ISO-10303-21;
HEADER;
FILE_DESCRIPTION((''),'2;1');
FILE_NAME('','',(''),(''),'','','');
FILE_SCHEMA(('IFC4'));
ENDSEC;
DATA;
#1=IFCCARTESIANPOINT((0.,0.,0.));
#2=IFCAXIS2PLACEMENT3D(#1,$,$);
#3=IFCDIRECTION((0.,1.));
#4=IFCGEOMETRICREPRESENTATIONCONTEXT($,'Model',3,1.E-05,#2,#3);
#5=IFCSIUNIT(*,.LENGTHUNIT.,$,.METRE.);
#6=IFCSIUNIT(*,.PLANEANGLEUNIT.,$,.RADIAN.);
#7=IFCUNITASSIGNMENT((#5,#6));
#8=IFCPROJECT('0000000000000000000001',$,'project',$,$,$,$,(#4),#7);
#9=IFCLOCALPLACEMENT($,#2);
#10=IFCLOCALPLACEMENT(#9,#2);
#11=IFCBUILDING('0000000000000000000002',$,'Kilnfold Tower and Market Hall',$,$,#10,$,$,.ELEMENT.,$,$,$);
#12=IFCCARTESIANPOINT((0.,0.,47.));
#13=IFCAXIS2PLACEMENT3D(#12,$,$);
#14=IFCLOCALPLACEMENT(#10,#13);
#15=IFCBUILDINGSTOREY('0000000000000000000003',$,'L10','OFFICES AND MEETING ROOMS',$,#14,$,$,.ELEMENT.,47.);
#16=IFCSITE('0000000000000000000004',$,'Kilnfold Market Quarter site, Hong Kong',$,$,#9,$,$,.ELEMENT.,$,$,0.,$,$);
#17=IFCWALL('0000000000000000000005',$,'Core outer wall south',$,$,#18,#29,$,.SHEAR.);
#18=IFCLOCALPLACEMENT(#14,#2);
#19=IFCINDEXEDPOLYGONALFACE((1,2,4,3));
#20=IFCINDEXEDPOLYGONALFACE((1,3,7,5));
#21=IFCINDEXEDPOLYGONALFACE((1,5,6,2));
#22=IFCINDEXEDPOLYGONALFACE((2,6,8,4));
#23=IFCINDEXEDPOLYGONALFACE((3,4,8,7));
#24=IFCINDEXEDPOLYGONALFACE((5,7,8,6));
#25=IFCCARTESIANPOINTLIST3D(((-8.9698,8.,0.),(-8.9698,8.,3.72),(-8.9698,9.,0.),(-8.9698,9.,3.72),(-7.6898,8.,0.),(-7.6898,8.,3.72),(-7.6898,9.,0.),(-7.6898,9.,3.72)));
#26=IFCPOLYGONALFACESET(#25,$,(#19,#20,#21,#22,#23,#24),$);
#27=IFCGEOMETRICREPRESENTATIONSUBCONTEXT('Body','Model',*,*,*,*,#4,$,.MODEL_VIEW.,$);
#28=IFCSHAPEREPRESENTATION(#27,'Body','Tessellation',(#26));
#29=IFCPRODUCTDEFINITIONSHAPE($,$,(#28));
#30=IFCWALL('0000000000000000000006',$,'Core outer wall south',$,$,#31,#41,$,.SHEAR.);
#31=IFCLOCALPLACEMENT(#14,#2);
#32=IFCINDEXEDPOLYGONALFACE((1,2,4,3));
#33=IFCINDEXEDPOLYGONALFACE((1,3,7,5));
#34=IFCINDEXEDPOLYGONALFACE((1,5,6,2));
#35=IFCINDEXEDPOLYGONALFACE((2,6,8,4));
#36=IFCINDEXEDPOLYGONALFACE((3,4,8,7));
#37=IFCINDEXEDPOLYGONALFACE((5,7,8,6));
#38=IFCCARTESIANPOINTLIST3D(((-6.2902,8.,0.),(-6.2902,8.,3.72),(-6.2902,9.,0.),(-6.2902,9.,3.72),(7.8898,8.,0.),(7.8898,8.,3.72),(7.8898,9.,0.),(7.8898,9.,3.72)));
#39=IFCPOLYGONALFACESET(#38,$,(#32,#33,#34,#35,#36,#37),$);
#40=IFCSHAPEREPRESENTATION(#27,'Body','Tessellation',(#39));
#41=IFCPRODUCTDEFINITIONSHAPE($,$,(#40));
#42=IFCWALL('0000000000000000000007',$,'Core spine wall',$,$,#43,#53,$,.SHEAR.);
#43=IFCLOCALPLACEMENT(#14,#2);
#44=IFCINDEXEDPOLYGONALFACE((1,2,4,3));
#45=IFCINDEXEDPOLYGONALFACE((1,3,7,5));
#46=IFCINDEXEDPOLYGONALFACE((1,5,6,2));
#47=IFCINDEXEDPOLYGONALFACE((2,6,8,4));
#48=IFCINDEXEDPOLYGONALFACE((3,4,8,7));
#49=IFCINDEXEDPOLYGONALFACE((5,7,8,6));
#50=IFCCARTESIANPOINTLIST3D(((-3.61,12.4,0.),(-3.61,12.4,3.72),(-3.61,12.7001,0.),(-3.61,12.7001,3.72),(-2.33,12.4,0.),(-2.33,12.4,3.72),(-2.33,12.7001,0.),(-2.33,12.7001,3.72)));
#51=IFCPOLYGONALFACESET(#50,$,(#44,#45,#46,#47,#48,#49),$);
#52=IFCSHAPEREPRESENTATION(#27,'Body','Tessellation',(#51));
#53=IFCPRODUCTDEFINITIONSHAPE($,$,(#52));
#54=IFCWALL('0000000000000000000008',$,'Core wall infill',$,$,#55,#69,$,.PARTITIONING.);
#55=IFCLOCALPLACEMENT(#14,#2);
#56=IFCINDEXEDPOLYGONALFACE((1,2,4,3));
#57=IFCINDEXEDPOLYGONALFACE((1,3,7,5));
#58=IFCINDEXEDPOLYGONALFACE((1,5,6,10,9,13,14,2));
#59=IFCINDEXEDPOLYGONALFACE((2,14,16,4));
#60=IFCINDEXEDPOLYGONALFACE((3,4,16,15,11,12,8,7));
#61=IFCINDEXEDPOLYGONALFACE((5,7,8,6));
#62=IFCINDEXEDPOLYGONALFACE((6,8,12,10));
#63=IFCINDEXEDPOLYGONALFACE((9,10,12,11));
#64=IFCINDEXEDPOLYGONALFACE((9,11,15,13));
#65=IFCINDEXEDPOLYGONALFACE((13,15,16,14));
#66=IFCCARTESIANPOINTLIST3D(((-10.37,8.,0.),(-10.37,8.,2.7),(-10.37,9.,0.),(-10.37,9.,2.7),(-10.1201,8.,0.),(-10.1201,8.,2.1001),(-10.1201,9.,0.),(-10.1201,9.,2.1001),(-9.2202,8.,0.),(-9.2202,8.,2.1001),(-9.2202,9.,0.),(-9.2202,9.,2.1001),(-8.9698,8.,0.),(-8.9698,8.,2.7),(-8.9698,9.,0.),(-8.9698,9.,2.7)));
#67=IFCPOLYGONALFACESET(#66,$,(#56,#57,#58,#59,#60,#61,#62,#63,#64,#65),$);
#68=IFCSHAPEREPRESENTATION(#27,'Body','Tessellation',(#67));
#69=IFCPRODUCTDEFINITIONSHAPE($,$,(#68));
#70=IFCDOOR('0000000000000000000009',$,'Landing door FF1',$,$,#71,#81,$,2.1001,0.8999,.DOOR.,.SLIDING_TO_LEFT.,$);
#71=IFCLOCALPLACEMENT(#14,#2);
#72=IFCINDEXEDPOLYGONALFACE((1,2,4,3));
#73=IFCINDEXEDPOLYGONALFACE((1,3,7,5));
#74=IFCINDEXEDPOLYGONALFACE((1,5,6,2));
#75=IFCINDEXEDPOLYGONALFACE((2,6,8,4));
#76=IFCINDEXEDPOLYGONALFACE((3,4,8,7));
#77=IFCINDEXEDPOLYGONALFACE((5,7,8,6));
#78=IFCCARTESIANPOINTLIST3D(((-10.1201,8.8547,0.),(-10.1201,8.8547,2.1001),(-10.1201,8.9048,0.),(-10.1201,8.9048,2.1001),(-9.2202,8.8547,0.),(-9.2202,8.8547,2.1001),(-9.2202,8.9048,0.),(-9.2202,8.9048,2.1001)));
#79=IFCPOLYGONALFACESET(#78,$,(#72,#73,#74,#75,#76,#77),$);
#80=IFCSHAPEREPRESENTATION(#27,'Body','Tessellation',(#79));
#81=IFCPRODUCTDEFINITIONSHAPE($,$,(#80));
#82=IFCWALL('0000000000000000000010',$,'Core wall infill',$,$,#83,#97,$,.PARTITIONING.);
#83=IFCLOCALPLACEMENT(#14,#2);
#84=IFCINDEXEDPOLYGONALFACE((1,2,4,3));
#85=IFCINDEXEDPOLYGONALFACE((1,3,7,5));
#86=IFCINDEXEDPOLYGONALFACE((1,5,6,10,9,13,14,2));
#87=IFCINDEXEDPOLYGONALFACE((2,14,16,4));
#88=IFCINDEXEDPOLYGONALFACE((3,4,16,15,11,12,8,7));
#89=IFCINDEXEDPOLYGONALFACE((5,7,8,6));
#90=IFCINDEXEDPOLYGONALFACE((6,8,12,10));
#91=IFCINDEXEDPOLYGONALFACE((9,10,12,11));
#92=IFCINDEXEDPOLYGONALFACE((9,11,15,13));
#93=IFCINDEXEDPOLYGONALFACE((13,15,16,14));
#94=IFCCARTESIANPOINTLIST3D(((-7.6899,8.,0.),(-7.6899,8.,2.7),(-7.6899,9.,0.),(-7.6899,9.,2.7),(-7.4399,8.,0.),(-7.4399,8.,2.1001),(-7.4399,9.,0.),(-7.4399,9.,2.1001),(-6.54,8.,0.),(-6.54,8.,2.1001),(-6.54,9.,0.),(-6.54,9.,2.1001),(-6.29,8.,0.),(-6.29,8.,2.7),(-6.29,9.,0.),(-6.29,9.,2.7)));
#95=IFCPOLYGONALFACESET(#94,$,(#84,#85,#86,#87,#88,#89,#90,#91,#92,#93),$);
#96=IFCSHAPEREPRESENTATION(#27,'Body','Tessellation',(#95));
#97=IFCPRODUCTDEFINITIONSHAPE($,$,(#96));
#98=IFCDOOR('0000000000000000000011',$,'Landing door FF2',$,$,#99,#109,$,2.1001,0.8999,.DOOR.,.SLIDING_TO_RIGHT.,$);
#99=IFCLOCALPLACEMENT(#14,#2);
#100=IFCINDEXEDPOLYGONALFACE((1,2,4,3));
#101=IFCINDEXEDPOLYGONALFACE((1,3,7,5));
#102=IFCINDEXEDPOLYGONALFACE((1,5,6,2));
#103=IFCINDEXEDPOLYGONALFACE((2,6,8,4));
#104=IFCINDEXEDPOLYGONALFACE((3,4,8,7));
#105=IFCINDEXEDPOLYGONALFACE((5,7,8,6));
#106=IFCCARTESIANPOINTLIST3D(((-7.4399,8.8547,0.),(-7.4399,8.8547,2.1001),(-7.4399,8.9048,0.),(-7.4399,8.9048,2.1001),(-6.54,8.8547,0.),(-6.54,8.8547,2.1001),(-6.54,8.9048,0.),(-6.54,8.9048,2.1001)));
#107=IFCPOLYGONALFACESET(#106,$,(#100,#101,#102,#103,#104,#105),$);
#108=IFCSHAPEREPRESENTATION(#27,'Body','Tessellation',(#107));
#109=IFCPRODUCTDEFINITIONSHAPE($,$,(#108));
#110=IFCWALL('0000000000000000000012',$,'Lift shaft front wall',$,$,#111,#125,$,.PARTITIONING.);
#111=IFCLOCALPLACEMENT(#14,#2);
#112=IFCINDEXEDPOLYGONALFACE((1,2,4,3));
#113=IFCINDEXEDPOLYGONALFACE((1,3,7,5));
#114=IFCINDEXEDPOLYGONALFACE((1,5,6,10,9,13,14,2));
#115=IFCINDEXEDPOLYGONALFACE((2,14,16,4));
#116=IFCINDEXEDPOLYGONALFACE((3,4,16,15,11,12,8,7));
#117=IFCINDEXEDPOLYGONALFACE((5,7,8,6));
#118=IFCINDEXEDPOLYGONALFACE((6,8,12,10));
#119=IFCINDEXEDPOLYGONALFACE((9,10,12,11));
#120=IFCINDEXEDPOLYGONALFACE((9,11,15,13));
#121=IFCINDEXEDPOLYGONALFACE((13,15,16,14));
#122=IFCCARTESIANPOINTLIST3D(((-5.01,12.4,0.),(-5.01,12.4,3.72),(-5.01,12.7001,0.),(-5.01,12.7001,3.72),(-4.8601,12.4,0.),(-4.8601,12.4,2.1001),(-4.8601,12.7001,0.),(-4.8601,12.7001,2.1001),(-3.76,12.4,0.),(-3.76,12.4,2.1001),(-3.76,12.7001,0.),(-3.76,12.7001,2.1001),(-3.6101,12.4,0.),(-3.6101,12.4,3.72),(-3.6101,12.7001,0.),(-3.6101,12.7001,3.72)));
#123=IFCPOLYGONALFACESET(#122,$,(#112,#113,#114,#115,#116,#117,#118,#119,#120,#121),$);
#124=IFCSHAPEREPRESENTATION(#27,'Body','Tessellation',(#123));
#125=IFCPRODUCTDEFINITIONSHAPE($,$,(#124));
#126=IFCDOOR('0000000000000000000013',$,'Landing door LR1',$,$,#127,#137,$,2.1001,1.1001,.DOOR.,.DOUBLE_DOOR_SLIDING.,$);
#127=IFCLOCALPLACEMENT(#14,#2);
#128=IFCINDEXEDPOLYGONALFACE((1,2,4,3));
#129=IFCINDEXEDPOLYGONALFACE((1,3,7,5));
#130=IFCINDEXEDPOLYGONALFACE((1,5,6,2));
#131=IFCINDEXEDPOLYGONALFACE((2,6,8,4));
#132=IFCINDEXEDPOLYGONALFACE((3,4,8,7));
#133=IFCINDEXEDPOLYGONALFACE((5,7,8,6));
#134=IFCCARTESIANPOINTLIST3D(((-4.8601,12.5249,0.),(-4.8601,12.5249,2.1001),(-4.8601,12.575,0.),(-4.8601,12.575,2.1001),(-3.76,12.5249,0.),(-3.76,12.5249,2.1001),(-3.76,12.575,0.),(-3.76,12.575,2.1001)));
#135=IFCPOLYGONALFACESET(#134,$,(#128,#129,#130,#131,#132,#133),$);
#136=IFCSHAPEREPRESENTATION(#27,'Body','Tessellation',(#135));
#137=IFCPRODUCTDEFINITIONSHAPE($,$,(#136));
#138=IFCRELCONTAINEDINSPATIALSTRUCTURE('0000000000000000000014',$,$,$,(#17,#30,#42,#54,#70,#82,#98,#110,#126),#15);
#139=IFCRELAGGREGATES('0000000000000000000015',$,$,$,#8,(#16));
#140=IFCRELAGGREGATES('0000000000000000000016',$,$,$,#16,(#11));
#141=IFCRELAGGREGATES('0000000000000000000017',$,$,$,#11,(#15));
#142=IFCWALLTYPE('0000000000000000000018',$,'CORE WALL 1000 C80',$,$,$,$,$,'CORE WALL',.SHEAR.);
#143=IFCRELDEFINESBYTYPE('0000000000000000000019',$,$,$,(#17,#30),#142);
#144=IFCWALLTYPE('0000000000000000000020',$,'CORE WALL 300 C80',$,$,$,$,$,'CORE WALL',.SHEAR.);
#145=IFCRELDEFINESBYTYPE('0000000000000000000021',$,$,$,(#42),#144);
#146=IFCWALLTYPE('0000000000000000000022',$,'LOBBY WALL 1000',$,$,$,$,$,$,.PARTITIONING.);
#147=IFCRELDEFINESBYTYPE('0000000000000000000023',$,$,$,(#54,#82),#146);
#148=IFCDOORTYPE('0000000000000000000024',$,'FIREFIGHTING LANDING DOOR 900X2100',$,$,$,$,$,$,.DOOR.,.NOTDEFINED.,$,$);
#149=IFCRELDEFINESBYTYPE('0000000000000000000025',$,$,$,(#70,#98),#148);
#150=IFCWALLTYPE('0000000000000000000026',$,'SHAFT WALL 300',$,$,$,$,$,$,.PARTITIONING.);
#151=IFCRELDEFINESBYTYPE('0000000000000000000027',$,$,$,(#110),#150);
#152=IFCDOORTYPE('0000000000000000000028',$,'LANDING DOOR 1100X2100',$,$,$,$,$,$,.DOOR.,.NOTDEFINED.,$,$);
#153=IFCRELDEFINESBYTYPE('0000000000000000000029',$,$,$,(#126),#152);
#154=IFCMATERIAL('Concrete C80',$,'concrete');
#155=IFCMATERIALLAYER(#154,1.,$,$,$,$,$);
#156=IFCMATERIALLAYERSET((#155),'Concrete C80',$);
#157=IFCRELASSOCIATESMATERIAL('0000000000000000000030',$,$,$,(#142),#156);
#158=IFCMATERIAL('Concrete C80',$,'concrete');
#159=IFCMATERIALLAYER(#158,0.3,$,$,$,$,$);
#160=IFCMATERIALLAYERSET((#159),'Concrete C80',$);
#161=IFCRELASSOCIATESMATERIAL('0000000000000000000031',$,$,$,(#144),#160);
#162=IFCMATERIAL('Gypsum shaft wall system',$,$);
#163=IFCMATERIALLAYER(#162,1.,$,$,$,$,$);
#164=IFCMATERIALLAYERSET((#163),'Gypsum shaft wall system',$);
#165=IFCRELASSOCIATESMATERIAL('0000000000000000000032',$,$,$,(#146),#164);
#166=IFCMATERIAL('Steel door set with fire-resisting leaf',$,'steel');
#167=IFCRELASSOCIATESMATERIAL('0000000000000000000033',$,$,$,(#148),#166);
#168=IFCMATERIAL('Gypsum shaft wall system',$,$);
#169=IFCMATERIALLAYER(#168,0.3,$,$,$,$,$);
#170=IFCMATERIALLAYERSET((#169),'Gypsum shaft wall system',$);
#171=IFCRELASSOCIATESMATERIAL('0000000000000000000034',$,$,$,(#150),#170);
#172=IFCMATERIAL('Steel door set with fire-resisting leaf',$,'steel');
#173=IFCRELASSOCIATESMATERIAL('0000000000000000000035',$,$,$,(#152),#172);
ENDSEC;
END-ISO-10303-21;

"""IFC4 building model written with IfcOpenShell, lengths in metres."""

from ifc_helpers import new_model, si_unit, direction, frame, frame_2d, origin, place, context, subcontext, project, spatial, rectangle, extrude, source, transform, mapped, material, layer, layer_set, type_object, element, fill, save


model = new_model("IFC4")

# Units and contexts
model_context = context("Model", 3, precision=1e-05, world=origin(), true_north=direction((0.0, 1.0)))
body_context = subcontext(model_context, "Body", "Model", "MODEL_VIEW")
ifc_project = project(units=[si_unit("LENGTHUNIT", "METRE"), si_unit("PLANEANGLEUNIT", "RADIAN")], contexts=[model_context])

# Site, building, storey
site_placement = place(None, origin())
site = spatial("IfcSite", under=ifc_project, at=site_placement, Name="Kilnfold Market Quarter site, Hong Kong", CompositionType="ELEMENT", RefElevation=0.0)
building_placement = place(site_placement, origin())
building = spatial("IfcBuilding", under=site, at=building_placement, Name="Kilnfold Tower and Market Hall", CompositionType="ELEMENT")
storey_placement = place(building_placement, frame((0.0, 0.0, 47.0)))
storey = spatial("IfcBuildingStorey", under=building, at=storey_placement, Name="L10", Description="OFFICES AND MEETING ROOMS", CompositionType="ELEMENT", Elevation=47.0)

# Walls
ifc_material_1 = material(Name="Concrete C80", Category="concrete")
ifc_layer_1 = layer(ifc_material_1, 1.0)
ifc_layer_set_1 = layer_set([ifc_layer_1], Name="Concrete C80")
wall_type_1 = type_object("IfcWallType", Name="CORE WALL 1000 C80", ElementType="CORE WALL", PredefinedType="SHEAR", material=ifc_layer_set_1)
shared_shape_1 = source(origin(), body_context, "Body", "SweptSolid", [
    extrude(rectangle(XDim=1.28, YDim=1.0, at=frame_2d((0.6401, 0.0))), origin(), (0.0, 0.0, 1.0), 3.72),
])
wall_1_placement = place(storey_placement, frame((-8.97, 8.5, 0.0), z_axis=(0.0, 0.0, 1.0), x_axis=(1.0, 0.0, 0.0)))
element("IfcWall", 1, at=wall_1_placement, inside=storey, type_object=wall_type_1, Name="Core outer wall south", PredefinedType="SHEAR", context=body_context, shape_type="MappedRepresentation", body=[
    mapped(shared_shape_1, transform((0.0, 0.0, 0.0))),
])
shared_shape_2 = source(origin(), body_context, "Body", "SweptSolid", [
    extrude(rectangle(XDim=14.1799, YDim=1.0, at=frame_2d((7.0898, 0.0))), origin(), (0.0, 0.0, 1.0), 3.72),
])
wall_2_placement = place(storey_placement, frame((-6.29, 8.5, 0.0), z_axis=(0.0, 0.0, 1.0), x_axis=(1.0, 0.0, 0.0)))
element("IfcWall", 2, at=wall_2_placement, inside=storey, type_object=wall_type_1, Name="Core outer wall south", PredefinedType="SHEAR", context=body_context, shape_type="MappedRepresentation", body=[
    mapped(shared_shape_2, transform((0.0, 0.0, 0.0))),
])
ifc_material_2 = material(Name="Concrete C80", Category="concrete")
ifc_layer_2 = layer(ifc_material_2, 0.3)
ifc_layer_set_2 = layer_set([ifc_layer_2], Name="Concrete C80")
wall_type_2 = type_object("IfcWallType", Name="CORE WALL 300 C80", ElementType="CORE WALL", PredefinedType="SHEAR", material=ifc_layer_set_2)
shared_shape_3 = source(origin(), body_context, "Body", "SweptSolid", [
    extrude(rectangle(XDim=1.28, YDim=0.3, at=frame_2d((0.6401, 0.0))), origin(), (0.0, 0.0, 1.0), 3.72),
])
wall_3_placement = place(storey_placement, frame((-3.6101, 12.55, 0.0), z_axis=(0.0, 0.0, 1.0), x_axis=(1.0, 0.0, 0.0)))
element("IfcWall", 3, at=wall_3_placement, inside=storey, type_object=wall_type_2, Name="Core spine wall", PredefinedType="SHEAR", context=body_context, shape_type="MappedRepresentation", body=[
    mapped(shared_shape_3, transform((0.0, 0.0, 0.0))),
])

# Walls, openings, doors
ifc_material_3 = material(Name="Gypsum shaft wall system")
ifc_layer_3 = layer(ifc_material_3, 1.0)
ifc_layer_set_3 = layer_set([ifc_layer_3], Name="Gypsum shaft wall system")
wall_type_3 = type_object("IfcWallType", Name="LOBBY WALL 1000", PredefinedType="PARTITIONING", material=ifc_layer_set_3)
shared_shape_4 = source(origin(), body_context, "Body", "SweptSolid", [
    extrude(rectangle(XDim=1.4001, YDim=1.0, at=frame_2d((0.7002, 0.0))), origin(), (0.0, 0.0, 1.0), 2.7),
])
wall_4_placement = place(storey_placement, frame((-10.3701, 8.5, 0.0), z_axis=(0.0, 0.0, 1.0), x_axis=(1.0, 0.0, 0.0)))
wall_4 = element("IfcWall", 4, at=wall_4_placement, inside=storey, type_object=wall_type_3, Name="Core wall infill", PredefinedType="PARTITIONING", context=body_context, shape_type="MappedRepresentation", body=[
    mapped(shared_shape_4, transform((0.0, 0.0, 0.0))),
])
opening_1_placement = place(wall_4_placement, frame((0.25, 0.0, 0.0)))
opening_1 = element("IfcOpeningElement", 5, at=opening_1_placement, cuts=wall_4, PredefinedType="OPENING", context=body_context, shape_type="SweptSolid", body=[
    extrude(rectangle(XDim=0.8999, YDim=2.1001, at=frame_2d((0.45, 1.05))), frame((0.0, 0.51, 0.0), z_axis=(0.0, -1.0, 0.0), x_axis=(1.0, 0.0, 0.0)), (0.0, 0.0, 1.0), 1.02),
])
ifc_material_4 = material(Name="Steel door set with fire-resisting leaf", Category="steel")
door_type_1 = type_object("IfcDoorType", Name="FIREFIGHTING LANDING DOOR 900X2100", OperationType="NOTDEFINED", PredefinedType="DOOR", material=ifc_material_4)
door_1_placement = place(opening_1_placement, origin())
door_1 = element("IfcDoor", 6, at=door_1_placement, inside=storey, type_object=door_type_1, Name="Landing door FF1", OperationType="SLIDING_TO_LEFT", OverallHeight=2.1001, OverallWidth=0.8999, PredefinedType="DOOR", context=body_context, shape_type="SweptSolid", body=[
    extrude(rectangle(XDim=0.8999, YDim=2.1001, at=frame_2d((0.45, 1.05))), frame((0.0, 0.4048, 0.0), z_axis=(0.0, -1.0, 0.0), x_axis=(1.0, 0.0, 0.0)), (0.0, 0.0, 1.0), 0.05),
])
fill(opening_1, door_1)
shared_shape_5 = source(origin(), body_context, "Body", "SweptSolid", [
    extrude(rectangle(XDim=1.3999, YDim=1.0, at=frame_2d((0.7, 0.0))), origin(), (0.0, 0.0, 1.0), 2.7),
])
wall_5_placement = place(storey_placement, frame((-7.6899, 8.5, 0.0), z_axis=(0.0, 0.0, 1.0), x_axis=(1.0, 0.0, 0.0)))
wall_5 = element("IfcWall", 7, at=wall_5_placement, inside=storey, type_object=wall_type_3, Name="Core wall infill", PredefinedType="PARTITIONING", context=body_context, shape_type="MappedRepresentation", body=[
    mapped(shared_shape_5, transform((0.0, 0.0, 0.0))),
])
opening_2_placement = place(wall_5_placement, frame((0.25, 0.0, 0.0)))
opening_2 = element("IfcOpeningElement", 8, at=opening_2_placement, cuts=wall_5, PredefinedType="OPENING", context=body_context, shape_type="SweptSolid", body=[
    extrude(rectangle(XDim=0.8999, YDim=2.1001, at=frame_2d((0.45, 1.05))), frame((0.0, 0.51, 0.0), z_axis=(0.0, -1.0, 0.0), x_axis=(1.0, 0.0, 0.0)), (0.0, 0.0, 1.0), 1.02),
])
door_2_placement = place(opening_2_placement, origin())
door_2 = element("IfcDoor", 9, at=door_2_placement, inside=storey, type_object=door_type_1, Name="Landing door FF2", OperationType="SLIDING_TO_RIGHT", OverallHeight=2.1001, OverallWidth=0.8999, PredefinedType="DOOR", context=body_context, shape_type="SweptSolid", body=[
    extrude(rectangle(XDim=0.8999, YDim=2.1001, at=frame_2d((0.45, 1.05))), frame((0.0, 0.4048, 0.0), z_axis=(0.0, -1.0, 0.0), x_axis=(1.0, 0.0, 0.0)), (0.0, 0.0, 1.0), 0.05),
])
fill(opening_2, door_2)
ifc_material_5 = material(Name="Gypsum shaft wall system")
ifc_layer_4 = layer(ifc_material_5, 0.3)
ifc_layer_set_4 = layer_set([ifc_layer_4], Name="Gypsum shaft wall system")
wall_type_4 = type_object("IfcWallType", Name="SHAFT WALL 300", PredefinedType="PARTITIONING", material=ifc_layer_set_4)
shared_shape_6 = source(origin(), body_context, "Body", "SweptSolid", [
    extrude(rectangle(XDim=1.3999, YDim=0.3, at=frame_2d((0.7, 0.0))), origin(), (0.0, 0.0, 1.0), 3.72),
])
wall_6_placement = place(storey_placement, frame((-5.01, 12.55, 0.0), z_axis=(0.0, 0.0, 1.0), x_axis=(1.0, 0.0, 0.0)))
wall_6 = element("IfcWall", 10, at=wall_6_placement, inside=storey, type_object=wall_type_4, Name="Lift shaft front wall", PredefinedType="PARTITIONING", context=body_context, shape_type="MappedRepresentation", body=[
    mapped(shared_shape_6, transform((0.0, 0.0, 0.0))),
])
opening_3_placement = place(wall_6_placement, frame((0.1499, 0.0, 0.0)))
opening_3 = element("IfcOpeningElement", 11, at=opening_3_placement, cuts=wall_6, PredefinedType="OPENING", context=body_context, shape_type="SweptSolid", body=[
    extrude(rectangle(XDim=1.1001, YDim=2.1001, at=frame_2d((0.55, 1.05))), frame((0.0, 0.1602, 0.0), z_axis=(0.0, -1.0, 0.0), x_axis=(1.0, 0.0, 0.0)), (0.0, 0.0, 1.0), 0.3201),
])
ifc_material_6 = material(Name="Steel door set with fire-resisting leaf", Category="steel")
door_type_2 = type_object("IfcDoorType", Name="LANDING DOOR 1100X2100", OperationType="NOTDEFINED", PredefinedType="DOOR", material=ifc_material_6)
door_3_placement = place(opening_3_placement, origin())
door_3 = element("IfcDoor", 12, at=door_3_placement, inside=storey, type_object=door_type_2, Name="Landing door LR1", OperationType="DOUBLE_DOOR_SLIDING", OverallHeight=2.1001, OverallWidth=1.1001, PredefinedType="DOOR", context=body_context, shape_type="SweptSolid", body=[
    extrude(rectangle(XDim=1.1001, YDim=2.1001, at=frame_2d((0.55, 1.05))), frame((0.0, 0.0249, 0.0), z_axis=(0.0, -1.0, 0.0), x_axis=(1.0, 0.0, 0.0)), (0.0, 0.0, 1.0), 0.05),
])
fill(opening_3, door_3)

save(model, "model.ifc")
